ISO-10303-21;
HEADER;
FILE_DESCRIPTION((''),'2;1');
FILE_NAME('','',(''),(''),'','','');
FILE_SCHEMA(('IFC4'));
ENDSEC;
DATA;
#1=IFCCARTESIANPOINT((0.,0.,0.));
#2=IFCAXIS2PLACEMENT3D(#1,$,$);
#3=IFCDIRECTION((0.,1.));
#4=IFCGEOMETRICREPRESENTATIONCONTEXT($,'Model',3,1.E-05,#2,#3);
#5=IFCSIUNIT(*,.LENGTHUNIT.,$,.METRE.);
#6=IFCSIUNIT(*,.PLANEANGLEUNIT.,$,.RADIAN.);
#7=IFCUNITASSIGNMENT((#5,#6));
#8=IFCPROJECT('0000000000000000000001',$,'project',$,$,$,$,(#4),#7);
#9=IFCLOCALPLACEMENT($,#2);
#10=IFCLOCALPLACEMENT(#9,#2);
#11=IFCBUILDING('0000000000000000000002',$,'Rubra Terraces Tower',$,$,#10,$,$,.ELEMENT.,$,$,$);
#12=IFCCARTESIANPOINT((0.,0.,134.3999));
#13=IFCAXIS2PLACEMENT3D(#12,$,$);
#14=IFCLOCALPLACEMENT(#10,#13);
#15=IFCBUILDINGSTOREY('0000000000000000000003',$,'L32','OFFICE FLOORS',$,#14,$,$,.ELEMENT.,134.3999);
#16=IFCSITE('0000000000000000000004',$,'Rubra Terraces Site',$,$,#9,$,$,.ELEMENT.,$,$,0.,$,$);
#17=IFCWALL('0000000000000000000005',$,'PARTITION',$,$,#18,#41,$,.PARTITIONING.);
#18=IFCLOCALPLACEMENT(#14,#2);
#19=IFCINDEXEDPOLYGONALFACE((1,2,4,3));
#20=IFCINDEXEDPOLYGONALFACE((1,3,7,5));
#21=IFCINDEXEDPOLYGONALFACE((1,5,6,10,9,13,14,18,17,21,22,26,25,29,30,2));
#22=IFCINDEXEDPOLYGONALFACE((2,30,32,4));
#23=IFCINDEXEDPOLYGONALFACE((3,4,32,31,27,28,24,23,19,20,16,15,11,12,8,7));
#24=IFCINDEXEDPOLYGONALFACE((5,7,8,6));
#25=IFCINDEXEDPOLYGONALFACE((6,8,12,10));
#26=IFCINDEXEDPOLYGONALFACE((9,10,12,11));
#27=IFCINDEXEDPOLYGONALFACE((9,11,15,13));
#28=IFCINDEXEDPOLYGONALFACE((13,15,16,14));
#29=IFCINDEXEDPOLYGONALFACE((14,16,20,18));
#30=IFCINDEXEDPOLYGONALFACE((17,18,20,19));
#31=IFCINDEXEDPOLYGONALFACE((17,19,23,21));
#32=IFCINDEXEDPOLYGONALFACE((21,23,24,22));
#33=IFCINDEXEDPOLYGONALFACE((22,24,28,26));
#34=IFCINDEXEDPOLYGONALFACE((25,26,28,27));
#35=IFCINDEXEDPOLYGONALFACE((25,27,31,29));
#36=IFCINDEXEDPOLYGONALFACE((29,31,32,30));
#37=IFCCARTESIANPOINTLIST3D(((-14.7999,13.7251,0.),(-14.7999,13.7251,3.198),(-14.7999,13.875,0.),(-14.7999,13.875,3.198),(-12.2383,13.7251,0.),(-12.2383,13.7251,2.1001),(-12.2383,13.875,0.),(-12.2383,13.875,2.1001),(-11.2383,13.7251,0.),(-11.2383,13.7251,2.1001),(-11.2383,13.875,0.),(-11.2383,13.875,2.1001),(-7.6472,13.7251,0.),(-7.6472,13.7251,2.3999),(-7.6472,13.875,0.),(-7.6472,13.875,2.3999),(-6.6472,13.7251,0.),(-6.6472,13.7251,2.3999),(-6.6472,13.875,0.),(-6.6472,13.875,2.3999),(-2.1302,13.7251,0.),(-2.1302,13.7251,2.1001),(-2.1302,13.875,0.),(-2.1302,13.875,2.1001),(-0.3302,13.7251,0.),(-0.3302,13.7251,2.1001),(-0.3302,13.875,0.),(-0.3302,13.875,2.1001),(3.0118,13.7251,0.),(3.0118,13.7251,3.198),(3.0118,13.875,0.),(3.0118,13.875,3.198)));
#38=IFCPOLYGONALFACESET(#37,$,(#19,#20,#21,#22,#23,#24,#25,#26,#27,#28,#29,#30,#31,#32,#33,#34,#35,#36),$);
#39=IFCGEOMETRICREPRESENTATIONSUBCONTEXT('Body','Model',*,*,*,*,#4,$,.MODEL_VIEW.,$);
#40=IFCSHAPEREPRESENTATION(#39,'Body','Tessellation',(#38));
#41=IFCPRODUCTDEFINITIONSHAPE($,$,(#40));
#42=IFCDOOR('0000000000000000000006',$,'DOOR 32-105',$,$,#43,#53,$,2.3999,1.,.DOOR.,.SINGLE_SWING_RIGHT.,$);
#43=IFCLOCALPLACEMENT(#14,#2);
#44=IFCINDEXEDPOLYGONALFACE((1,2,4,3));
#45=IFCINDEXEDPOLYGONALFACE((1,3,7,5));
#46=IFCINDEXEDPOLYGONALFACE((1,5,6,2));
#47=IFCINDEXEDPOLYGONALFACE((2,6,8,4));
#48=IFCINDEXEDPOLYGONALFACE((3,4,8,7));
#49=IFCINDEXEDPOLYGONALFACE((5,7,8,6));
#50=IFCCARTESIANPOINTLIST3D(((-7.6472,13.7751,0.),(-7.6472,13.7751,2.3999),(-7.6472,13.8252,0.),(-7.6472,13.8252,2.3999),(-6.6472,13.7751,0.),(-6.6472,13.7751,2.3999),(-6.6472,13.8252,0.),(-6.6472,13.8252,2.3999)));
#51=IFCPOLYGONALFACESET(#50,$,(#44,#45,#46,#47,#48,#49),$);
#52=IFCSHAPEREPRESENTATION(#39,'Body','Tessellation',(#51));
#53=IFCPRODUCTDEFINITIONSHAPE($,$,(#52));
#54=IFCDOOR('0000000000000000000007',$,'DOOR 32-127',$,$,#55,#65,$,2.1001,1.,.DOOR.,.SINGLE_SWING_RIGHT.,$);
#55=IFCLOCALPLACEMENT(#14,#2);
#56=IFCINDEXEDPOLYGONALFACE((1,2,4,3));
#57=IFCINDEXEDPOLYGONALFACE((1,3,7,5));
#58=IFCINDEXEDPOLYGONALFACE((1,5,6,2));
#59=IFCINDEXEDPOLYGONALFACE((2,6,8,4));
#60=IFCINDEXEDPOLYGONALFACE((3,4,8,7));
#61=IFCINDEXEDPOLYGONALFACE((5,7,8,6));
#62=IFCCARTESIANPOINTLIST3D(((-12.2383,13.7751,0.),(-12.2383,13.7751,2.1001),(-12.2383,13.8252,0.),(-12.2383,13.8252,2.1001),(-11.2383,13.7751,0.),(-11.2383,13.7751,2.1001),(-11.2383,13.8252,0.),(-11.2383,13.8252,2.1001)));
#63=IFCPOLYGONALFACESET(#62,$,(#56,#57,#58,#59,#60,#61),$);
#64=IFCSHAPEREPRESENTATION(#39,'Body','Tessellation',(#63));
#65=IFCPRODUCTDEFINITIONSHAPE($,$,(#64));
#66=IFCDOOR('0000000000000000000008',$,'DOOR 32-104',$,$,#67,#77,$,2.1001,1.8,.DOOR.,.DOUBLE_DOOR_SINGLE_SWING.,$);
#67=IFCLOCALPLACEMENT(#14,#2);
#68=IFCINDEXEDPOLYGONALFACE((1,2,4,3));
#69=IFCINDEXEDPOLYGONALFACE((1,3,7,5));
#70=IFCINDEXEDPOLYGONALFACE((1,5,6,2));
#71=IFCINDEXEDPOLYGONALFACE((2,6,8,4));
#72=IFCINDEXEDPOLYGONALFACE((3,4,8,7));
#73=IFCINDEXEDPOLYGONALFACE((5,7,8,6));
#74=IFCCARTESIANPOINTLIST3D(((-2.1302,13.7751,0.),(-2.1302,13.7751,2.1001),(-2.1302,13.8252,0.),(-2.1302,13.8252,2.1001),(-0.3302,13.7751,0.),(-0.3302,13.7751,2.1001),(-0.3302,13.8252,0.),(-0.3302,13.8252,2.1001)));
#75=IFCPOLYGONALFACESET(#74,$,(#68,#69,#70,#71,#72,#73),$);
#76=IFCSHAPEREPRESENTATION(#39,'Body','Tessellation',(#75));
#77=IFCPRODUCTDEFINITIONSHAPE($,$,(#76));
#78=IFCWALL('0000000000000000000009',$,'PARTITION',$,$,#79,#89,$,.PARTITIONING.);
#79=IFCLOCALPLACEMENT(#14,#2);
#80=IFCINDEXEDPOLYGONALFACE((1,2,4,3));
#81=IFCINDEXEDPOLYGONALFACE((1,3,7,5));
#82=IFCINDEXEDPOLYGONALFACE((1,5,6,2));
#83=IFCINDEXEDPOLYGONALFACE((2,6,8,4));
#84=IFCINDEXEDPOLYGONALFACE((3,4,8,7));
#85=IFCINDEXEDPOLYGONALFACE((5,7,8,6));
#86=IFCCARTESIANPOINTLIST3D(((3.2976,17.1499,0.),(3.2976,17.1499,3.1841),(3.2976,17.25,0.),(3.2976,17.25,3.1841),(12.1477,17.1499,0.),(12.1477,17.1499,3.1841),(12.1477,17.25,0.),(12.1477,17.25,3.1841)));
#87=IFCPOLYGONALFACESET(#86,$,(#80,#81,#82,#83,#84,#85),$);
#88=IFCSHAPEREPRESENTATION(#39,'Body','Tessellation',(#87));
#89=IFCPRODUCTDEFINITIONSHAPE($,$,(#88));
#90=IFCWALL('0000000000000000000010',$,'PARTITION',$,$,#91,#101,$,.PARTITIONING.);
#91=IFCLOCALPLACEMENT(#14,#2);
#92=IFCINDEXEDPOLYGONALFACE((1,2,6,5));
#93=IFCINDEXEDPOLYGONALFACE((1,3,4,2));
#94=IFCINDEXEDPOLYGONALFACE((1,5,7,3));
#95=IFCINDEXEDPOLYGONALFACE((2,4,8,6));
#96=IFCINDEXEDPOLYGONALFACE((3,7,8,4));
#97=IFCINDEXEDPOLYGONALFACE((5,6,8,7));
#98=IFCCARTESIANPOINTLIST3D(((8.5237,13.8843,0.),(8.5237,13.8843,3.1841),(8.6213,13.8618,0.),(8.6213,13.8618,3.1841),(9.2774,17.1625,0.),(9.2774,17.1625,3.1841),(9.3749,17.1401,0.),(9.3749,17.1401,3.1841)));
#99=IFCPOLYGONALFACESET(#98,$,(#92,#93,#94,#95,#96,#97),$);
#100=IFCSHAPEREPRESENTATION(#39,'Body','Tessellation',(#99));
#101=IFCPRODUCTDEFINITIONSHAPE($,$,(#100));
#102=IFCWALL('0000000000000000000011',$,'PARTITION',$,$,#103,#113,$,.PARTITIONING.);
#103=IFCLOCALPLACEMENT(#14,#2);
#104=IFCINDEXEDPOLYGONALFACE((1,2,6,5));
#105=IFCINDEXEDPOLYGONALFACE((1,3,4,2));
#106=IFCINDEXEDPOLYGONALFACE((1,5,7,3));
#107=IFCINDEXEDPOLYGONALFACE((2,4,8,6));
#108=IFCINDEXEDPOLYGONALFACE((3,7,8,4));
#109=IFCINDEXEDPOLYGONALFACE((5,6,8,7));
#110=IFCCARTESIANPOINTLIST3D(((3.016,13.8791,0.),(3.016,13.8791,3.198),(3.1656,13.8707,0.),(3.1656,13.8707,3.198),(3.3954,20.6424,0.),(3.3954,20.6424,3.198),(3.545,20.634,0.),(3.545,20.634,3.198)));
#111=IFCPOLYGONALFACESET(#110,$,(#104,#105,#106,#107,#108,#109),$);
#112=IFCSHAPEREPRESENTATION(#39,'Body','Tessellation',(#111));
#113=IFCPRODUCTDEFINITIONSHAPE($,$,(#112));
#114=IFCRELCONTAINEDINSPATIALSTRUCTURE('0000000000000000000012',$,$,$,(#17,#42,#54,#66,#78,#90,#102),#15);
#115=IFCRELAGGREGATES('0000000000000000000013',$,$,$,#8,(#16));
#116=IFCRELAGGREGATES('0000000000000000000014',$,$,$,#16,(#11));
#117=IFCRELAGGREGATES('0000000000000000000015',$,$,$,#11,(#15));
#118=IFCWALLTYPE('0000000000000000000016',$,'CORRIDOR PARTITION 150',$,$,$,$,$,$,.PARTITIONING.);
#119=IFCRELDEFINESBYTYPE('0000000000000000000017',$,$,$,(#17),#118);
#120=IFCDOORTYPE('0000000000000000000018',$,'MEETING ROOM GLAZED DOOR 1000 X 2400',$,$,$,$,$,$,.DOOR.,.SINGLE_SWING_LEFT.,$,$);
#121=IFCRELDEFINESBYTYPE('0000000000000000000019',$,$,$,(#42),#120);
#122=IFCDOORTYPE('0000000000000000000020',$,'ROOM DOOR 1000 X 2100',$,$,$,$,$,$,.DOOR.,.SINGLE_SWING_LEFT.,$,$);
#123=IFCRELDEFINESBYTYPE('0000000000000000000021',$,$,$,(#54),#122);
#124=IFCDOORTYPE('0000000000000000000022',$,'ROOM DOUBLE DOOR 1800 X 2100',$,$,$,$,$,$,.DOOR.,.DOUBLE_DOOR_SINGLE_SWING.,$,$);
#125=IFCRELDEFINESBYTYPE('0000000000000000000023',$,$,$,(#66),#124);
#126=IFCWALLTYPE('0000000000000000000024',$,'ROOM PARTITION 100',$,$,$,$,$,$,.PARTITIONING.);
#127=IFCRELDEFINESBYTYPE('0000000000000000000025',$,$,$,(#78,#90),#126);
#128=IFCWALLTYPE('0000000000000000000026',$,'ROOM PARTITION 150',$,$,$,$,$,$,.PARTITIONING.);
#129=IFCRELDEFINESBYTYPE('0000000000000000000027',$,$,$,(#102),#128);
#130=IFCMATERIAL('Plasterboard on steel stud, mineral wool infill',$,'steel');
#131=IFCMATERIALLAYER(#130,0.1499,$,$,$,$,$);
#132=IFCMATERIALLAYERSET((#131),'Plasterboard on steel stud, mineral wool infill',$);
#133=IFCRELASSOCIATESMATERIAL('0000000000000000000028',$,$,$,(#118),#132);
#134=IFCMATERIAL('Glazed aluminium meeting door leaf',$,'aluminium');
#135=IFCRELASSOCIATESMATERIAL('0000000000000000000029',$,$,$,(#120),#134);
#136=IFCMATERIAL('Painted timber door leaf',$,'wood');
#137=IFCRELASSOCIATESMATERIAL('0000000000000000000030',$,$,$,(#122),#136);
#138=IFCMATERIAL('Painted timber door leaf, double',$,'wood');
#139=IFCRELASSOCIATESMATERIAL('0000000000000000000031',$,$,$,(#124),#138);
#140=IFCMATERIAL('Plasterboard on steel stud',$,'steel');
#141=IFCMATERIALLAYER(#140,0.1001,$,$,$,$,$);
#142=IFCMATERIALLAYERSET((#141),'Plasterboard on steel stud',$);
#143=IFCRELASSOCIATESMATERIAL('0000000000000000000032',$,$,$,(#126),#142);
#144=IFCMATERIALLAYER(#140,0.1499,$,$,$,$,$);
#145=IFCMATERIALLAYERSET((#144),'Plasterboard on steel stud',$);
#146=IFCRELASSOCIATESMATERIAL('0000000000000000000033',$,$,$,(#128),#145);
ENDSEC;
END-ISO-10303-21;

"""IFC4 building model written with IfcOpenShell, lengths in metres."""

from ifc_helpers import new_model, si_unit, direction, frame, frame_2d, origin, place, context, subcontext, project, spatial, rectangle, extrude, material, layer, layer_set, type_object, element, fill, save


model = new_model("IFC4")

# Units and contexts
model_context = context("Model", 3, precision=1e-05, world=origin(), true_north=direction((0.0, 1.0)))
body_context = subcontext(model_context, "Body", "Model", "MODEL_VIEW")
ifc_project = project(units=[si_unit("LENGTHUNIT", "METRE"), si_unit("PLANEANGLEUNIT", "RADIAN")], contexts=[model_context])

# Site, building, storey
site_placement = place(None, origin())
site = spatial("IfcSite", under=ifc_project, at=site_placement, Name="Rubra Terraces Site", CompositionType="ELEMENT", RefElevation=0.0)
building_placement = place(site_placement, origin())
building = spatial("IfcBuilding", under=site, at=building_placement, Name="Rubra Terraces Tower", CompositionType="ELEMENT")
storey_placement = place(building_placement, frame((0.0, 0.0, 134.3999)))
storey = spatial("IfcBuildingStorey", under=building, at=storey_placement, Name="L32", Description="OFFICE FLOORS", CompositionType="ELEMENT", Elevation=134.3999)

# Wall, openings, doors
ifc_material_1 = material(Name="Plasterboard on steel stud, mineral wool infill", Category="steel")
ifc_layer_1 = layer(ifc_material_1, 0.1499)
ifc_layer_set_1 = layer_set([ifc_layer_1], Name="Plasterboard on steel stud, mineral wool infill")
wall_type_1 = type_object("IfcWallType", Name="CORRIDOR PARTITION 150", PredefinedType="PARTITIONING", material=ifc_layer_set_1)
wall_1_placement = place(storey_placement, frame((3.0117, 13.8, 0.0), z_axis=(0.0, 0.0, 1.0), x_axis=(-1.0, 0.0, 0.0)))
wall_1 = element("IfcWall", 1, at=wall_1_placement, inside=storey, type_object=wall_type_1, Name="PARTITION", PredefinedType="PARTITIONING", context=body_context, shape_type="SweptSolid", body=[
    extrude(rectangle(XDim=17.8118, YDim=0.1499, at=frame_2d((8.9058, 0.0))), origin(), (0.0, 0.0, 1.0), 3.198),
])
opening_1_placement = place(wall_1_placement, frame((3.342, 0.0, 0.0)))
opening_1 = element("IfcOpeningElement", 2, at=opening_1_placement, cuts=wall_1, PredefinedType="OPENING", context=body_context, shape_type="SweptSolid", body=[
    extrude(rectangle(XDim=1.8, YDim=2.1001, at=frame_2d((0.8999, 1.05))), frame((0.0, 0.085, 0.0), z_axis=(0.0, -1.0, 0.0), x_axis=(1.0, 0.0, 0.0)), (0.0, 0.0, 1.0), 0.1699),
])
opening_2_placement = place(wall_1_placement, frame((9.6589, 0.0, 0.0)))
opening_2 = element("IfcOpeningElement", 3, at=opening_2_placement, cuts=wall_1, PredefinedType="OPENING", context=body_context, shape_type="SweptSolid", body=[
    extrude(rectangle(XDim=1.0, YDim=2.3999, at=frame_2d((0.5, 1.2))), frame((0.0, 0.085, 0.0), z_axis=(0.0, -1.0, 0.0), x_axis=(1.0, 0.0, 0.0)), (0.0, 0.0, 1.0), 0.1699),
])
opening_3_placement = place(wall_1_placement, frame((14.25, 0.0, 0.0)))
opening_3 = element("IfcOpeningElement", 4, at=opening_3_placement, cuts=wall_1, PredefinedType="OPENING", context=body_context, shape_type="SweptSolid", body=[
    extrude(rectangle(XDim=1.0, YDim=2.1001, at=frame_2d((0.5, 1.05))), frame((0.0, 0.085, 0.0), z_axis=(0.0, -1.0, 0.0), x_axis=(1.0, 0.0, 0.0)), (0.0, 0.0, 1.0), 0.1699),
])
ifc_material_2 = material(Name="Glazed aluminium meeting door leaf", Category="aluminium")
door_type_1 = type_object("IfcDoorType", Name="MEETING ROOM GLAZED DOOR 1000 X 2400", OperationType="SINGLE_SWING_LEFT", PredefinedType="DOOR", material=ifc_material_2)
door_1_placement = place(opening_2_placement, origin())
door_1 = element("IfcDoor", 5, at=door_1_placement, inside=storey, type_object=door_type_1, Name="DOOR 32-105", OperationType="SINGLE_SWING_RIGHT", OverallHeight=2.3999, OverallWidth=1.0, PredefinedType="DOOR", context=body_context, shape_type="SweptSolid", body=[
    extrude(rectangle(XDim=1.0, YDim=2.3999, at=frame_2d((0.5, 1.2))), frame((0.0, 0.0249, 0.0), z_axis=(0.0, -1.0, 0.0), x_axis=(1.0, 0.0, 0.0)), (0.0, 0.0, 1.0), 0.05),
])
fill(opening_2, door_1)
ifc_material_3 = material(Name="Painted timber door leaf", Category="wood")
door_type_2 = type_object("IfcDoorType", Name="ROOM DOOR 1000 X 2100", OperationType="SINGLE_SWING_LEFT", PredefinedType="DOOR", material=ifc_material_3)
door_2_placement = place(opening_3_placement, origin())
door_2 = element("IfcDoor", 6, at=door_2_placement, inside=storey, type_object=door_type_2, Name="DOOR 32-127", OperationType="SINGLE_SWING_RIGHT", OverallHeight=2.1001, OverallWidth=1.0, PredefinedType="DOOR", context=body_context, shape_type="SweptSolid", body=[
    extrude(rectangle(XDim=1.0, YDim=2.1001, at=frame_2d((0.5, 1.05))), frame((0.0, 0.0249, 0.0), z_axis=(0.0, -1.0, 0.0), x_axis=(1.0, 0.0, 0.0)), (0.0, 0.0, 1.0), 0.05),
])
fill(opening_3, door_2)
ifc_material_4 = material(Name="Painted timber door leaf, double", Category="wood")
door_type_3 = type_object("IfcDoorType", Name="ROOM DOUBLE DOOR 1800 X 2100", OperationType="DOUBLE_DOOR_SINGLE_SWING", PredefinedType="DOOR", material=ifc_material_4)
door_3_placement = place(opening_1_placement, origin())
door_3 = element("IfcDoor", 7, at=door_3_placement, inside=storey, type_object=door_type_3, Name="DOOR 32-104", OperationType="DOUBLE_DOOR_SINGLE_SWING", OverallHeight=2.1001, OverallWidth=1.8, PredefinedType="DOOR", context=body_context, shape_type="SweptSolid", body=[
    extrude(rectangle(XDim=1.8, YDim=2.1001, at=frame_2d((0.8999, 1.05))), frame((0.0, 0.0249, 0.0), z_axis=(0.0, -1.0, 0.0), x_axis=(1.0, 0.0, 0.0)), (0.0, 0.0, 1.0), 0.05),
])
fill(opening_1, door_3)

# Walls
ifc_material_5 = material(Name="Plasterboard on steel stud", Category="steel")
ifc_layer_2 = layer(ifc_material_5, 0.1001)
ifc_layer_set_2 = layer_set([ifc_layer_2], Name="Plasterboard on steel stud")
wall_type_2 = type_object("IfcWallType", Name="ROOM PARTITION 100", PredefinedType="PARTITIONING", material=ifc_layer_set_2)
wall_2_placement = place(storey_placement, frame((3.2976, 17.2, 0.0), z_axis=(0.0, 0.0, 1.0), x_axis=(1.0, 0.0, 0.0)))
element("IfcWall", 8, at=wall_2_placement, inside=storey, type_object=wall_type_2, Name="PARTITION", PredefinedType="PARTITIONING", context=body_context, shape_type="SweptSolid", body=[
    extrude(rectangle(XDim=8.8501, YDim=0.1001, at=frame_2d((4.425, 0.0))), origin(), (0.0, 0.0, 1.0), 3.1841),
])
wall_3_placement = place(storey_placement, frame((8.5725, 13.873, 0.0), z_axis=(0.0, 0.0, 1.0), x_axis=(0.224048, 0.974578, 0.0)))
element("IfcWall", 9, at=wall_3_placement, inside=storey, type_object=wall_type_2, Name="PARTITION", PredefinedType="PARTITIONING", context=body_context, shape_type="SweptSolid", body=[
    extrude(rectangle(XDim=3.3638, YDim=0.1001, at=frame_2d((1.6819, 0.0))), origin(), (0.0, 0.0, 1.0), 3.1841),
])
ifc_layer_3 = layer(ifc_material_5, 0.1499)
ifc_layer_set_3 = layer_set([ifc_layer_3], Name="Plasterboard on steel stud")
wall_type_3 = type_object("IfcWallType", Name="ROOM PARTITION 150", PredefinedType="PARTITIONING", material=ifc_layer_set_3)
wall_4_placement = place(storey_placement, frame((3.4702, 20.6382, 0.0), z_axis=(0.0, 0.0, 1.0), x_axis=(-0.056009, -0.99843, 0.0)))
element("IfcWall", 10, at=wall_4_placement, inside=storey, type_object=wall_type_3, Name="PARTITION", PredefinedType="PARTITIONING", context=body_context, shape_type="SweptSolid", body=[
    extrude(rectangle(XDim=6.7739, YDim=0.1499, at=frame_2d((3.387, 0.0))), origin(), (0.0, 0.0, 1.0), 3.198),
])

save(model, "model.ifc")
